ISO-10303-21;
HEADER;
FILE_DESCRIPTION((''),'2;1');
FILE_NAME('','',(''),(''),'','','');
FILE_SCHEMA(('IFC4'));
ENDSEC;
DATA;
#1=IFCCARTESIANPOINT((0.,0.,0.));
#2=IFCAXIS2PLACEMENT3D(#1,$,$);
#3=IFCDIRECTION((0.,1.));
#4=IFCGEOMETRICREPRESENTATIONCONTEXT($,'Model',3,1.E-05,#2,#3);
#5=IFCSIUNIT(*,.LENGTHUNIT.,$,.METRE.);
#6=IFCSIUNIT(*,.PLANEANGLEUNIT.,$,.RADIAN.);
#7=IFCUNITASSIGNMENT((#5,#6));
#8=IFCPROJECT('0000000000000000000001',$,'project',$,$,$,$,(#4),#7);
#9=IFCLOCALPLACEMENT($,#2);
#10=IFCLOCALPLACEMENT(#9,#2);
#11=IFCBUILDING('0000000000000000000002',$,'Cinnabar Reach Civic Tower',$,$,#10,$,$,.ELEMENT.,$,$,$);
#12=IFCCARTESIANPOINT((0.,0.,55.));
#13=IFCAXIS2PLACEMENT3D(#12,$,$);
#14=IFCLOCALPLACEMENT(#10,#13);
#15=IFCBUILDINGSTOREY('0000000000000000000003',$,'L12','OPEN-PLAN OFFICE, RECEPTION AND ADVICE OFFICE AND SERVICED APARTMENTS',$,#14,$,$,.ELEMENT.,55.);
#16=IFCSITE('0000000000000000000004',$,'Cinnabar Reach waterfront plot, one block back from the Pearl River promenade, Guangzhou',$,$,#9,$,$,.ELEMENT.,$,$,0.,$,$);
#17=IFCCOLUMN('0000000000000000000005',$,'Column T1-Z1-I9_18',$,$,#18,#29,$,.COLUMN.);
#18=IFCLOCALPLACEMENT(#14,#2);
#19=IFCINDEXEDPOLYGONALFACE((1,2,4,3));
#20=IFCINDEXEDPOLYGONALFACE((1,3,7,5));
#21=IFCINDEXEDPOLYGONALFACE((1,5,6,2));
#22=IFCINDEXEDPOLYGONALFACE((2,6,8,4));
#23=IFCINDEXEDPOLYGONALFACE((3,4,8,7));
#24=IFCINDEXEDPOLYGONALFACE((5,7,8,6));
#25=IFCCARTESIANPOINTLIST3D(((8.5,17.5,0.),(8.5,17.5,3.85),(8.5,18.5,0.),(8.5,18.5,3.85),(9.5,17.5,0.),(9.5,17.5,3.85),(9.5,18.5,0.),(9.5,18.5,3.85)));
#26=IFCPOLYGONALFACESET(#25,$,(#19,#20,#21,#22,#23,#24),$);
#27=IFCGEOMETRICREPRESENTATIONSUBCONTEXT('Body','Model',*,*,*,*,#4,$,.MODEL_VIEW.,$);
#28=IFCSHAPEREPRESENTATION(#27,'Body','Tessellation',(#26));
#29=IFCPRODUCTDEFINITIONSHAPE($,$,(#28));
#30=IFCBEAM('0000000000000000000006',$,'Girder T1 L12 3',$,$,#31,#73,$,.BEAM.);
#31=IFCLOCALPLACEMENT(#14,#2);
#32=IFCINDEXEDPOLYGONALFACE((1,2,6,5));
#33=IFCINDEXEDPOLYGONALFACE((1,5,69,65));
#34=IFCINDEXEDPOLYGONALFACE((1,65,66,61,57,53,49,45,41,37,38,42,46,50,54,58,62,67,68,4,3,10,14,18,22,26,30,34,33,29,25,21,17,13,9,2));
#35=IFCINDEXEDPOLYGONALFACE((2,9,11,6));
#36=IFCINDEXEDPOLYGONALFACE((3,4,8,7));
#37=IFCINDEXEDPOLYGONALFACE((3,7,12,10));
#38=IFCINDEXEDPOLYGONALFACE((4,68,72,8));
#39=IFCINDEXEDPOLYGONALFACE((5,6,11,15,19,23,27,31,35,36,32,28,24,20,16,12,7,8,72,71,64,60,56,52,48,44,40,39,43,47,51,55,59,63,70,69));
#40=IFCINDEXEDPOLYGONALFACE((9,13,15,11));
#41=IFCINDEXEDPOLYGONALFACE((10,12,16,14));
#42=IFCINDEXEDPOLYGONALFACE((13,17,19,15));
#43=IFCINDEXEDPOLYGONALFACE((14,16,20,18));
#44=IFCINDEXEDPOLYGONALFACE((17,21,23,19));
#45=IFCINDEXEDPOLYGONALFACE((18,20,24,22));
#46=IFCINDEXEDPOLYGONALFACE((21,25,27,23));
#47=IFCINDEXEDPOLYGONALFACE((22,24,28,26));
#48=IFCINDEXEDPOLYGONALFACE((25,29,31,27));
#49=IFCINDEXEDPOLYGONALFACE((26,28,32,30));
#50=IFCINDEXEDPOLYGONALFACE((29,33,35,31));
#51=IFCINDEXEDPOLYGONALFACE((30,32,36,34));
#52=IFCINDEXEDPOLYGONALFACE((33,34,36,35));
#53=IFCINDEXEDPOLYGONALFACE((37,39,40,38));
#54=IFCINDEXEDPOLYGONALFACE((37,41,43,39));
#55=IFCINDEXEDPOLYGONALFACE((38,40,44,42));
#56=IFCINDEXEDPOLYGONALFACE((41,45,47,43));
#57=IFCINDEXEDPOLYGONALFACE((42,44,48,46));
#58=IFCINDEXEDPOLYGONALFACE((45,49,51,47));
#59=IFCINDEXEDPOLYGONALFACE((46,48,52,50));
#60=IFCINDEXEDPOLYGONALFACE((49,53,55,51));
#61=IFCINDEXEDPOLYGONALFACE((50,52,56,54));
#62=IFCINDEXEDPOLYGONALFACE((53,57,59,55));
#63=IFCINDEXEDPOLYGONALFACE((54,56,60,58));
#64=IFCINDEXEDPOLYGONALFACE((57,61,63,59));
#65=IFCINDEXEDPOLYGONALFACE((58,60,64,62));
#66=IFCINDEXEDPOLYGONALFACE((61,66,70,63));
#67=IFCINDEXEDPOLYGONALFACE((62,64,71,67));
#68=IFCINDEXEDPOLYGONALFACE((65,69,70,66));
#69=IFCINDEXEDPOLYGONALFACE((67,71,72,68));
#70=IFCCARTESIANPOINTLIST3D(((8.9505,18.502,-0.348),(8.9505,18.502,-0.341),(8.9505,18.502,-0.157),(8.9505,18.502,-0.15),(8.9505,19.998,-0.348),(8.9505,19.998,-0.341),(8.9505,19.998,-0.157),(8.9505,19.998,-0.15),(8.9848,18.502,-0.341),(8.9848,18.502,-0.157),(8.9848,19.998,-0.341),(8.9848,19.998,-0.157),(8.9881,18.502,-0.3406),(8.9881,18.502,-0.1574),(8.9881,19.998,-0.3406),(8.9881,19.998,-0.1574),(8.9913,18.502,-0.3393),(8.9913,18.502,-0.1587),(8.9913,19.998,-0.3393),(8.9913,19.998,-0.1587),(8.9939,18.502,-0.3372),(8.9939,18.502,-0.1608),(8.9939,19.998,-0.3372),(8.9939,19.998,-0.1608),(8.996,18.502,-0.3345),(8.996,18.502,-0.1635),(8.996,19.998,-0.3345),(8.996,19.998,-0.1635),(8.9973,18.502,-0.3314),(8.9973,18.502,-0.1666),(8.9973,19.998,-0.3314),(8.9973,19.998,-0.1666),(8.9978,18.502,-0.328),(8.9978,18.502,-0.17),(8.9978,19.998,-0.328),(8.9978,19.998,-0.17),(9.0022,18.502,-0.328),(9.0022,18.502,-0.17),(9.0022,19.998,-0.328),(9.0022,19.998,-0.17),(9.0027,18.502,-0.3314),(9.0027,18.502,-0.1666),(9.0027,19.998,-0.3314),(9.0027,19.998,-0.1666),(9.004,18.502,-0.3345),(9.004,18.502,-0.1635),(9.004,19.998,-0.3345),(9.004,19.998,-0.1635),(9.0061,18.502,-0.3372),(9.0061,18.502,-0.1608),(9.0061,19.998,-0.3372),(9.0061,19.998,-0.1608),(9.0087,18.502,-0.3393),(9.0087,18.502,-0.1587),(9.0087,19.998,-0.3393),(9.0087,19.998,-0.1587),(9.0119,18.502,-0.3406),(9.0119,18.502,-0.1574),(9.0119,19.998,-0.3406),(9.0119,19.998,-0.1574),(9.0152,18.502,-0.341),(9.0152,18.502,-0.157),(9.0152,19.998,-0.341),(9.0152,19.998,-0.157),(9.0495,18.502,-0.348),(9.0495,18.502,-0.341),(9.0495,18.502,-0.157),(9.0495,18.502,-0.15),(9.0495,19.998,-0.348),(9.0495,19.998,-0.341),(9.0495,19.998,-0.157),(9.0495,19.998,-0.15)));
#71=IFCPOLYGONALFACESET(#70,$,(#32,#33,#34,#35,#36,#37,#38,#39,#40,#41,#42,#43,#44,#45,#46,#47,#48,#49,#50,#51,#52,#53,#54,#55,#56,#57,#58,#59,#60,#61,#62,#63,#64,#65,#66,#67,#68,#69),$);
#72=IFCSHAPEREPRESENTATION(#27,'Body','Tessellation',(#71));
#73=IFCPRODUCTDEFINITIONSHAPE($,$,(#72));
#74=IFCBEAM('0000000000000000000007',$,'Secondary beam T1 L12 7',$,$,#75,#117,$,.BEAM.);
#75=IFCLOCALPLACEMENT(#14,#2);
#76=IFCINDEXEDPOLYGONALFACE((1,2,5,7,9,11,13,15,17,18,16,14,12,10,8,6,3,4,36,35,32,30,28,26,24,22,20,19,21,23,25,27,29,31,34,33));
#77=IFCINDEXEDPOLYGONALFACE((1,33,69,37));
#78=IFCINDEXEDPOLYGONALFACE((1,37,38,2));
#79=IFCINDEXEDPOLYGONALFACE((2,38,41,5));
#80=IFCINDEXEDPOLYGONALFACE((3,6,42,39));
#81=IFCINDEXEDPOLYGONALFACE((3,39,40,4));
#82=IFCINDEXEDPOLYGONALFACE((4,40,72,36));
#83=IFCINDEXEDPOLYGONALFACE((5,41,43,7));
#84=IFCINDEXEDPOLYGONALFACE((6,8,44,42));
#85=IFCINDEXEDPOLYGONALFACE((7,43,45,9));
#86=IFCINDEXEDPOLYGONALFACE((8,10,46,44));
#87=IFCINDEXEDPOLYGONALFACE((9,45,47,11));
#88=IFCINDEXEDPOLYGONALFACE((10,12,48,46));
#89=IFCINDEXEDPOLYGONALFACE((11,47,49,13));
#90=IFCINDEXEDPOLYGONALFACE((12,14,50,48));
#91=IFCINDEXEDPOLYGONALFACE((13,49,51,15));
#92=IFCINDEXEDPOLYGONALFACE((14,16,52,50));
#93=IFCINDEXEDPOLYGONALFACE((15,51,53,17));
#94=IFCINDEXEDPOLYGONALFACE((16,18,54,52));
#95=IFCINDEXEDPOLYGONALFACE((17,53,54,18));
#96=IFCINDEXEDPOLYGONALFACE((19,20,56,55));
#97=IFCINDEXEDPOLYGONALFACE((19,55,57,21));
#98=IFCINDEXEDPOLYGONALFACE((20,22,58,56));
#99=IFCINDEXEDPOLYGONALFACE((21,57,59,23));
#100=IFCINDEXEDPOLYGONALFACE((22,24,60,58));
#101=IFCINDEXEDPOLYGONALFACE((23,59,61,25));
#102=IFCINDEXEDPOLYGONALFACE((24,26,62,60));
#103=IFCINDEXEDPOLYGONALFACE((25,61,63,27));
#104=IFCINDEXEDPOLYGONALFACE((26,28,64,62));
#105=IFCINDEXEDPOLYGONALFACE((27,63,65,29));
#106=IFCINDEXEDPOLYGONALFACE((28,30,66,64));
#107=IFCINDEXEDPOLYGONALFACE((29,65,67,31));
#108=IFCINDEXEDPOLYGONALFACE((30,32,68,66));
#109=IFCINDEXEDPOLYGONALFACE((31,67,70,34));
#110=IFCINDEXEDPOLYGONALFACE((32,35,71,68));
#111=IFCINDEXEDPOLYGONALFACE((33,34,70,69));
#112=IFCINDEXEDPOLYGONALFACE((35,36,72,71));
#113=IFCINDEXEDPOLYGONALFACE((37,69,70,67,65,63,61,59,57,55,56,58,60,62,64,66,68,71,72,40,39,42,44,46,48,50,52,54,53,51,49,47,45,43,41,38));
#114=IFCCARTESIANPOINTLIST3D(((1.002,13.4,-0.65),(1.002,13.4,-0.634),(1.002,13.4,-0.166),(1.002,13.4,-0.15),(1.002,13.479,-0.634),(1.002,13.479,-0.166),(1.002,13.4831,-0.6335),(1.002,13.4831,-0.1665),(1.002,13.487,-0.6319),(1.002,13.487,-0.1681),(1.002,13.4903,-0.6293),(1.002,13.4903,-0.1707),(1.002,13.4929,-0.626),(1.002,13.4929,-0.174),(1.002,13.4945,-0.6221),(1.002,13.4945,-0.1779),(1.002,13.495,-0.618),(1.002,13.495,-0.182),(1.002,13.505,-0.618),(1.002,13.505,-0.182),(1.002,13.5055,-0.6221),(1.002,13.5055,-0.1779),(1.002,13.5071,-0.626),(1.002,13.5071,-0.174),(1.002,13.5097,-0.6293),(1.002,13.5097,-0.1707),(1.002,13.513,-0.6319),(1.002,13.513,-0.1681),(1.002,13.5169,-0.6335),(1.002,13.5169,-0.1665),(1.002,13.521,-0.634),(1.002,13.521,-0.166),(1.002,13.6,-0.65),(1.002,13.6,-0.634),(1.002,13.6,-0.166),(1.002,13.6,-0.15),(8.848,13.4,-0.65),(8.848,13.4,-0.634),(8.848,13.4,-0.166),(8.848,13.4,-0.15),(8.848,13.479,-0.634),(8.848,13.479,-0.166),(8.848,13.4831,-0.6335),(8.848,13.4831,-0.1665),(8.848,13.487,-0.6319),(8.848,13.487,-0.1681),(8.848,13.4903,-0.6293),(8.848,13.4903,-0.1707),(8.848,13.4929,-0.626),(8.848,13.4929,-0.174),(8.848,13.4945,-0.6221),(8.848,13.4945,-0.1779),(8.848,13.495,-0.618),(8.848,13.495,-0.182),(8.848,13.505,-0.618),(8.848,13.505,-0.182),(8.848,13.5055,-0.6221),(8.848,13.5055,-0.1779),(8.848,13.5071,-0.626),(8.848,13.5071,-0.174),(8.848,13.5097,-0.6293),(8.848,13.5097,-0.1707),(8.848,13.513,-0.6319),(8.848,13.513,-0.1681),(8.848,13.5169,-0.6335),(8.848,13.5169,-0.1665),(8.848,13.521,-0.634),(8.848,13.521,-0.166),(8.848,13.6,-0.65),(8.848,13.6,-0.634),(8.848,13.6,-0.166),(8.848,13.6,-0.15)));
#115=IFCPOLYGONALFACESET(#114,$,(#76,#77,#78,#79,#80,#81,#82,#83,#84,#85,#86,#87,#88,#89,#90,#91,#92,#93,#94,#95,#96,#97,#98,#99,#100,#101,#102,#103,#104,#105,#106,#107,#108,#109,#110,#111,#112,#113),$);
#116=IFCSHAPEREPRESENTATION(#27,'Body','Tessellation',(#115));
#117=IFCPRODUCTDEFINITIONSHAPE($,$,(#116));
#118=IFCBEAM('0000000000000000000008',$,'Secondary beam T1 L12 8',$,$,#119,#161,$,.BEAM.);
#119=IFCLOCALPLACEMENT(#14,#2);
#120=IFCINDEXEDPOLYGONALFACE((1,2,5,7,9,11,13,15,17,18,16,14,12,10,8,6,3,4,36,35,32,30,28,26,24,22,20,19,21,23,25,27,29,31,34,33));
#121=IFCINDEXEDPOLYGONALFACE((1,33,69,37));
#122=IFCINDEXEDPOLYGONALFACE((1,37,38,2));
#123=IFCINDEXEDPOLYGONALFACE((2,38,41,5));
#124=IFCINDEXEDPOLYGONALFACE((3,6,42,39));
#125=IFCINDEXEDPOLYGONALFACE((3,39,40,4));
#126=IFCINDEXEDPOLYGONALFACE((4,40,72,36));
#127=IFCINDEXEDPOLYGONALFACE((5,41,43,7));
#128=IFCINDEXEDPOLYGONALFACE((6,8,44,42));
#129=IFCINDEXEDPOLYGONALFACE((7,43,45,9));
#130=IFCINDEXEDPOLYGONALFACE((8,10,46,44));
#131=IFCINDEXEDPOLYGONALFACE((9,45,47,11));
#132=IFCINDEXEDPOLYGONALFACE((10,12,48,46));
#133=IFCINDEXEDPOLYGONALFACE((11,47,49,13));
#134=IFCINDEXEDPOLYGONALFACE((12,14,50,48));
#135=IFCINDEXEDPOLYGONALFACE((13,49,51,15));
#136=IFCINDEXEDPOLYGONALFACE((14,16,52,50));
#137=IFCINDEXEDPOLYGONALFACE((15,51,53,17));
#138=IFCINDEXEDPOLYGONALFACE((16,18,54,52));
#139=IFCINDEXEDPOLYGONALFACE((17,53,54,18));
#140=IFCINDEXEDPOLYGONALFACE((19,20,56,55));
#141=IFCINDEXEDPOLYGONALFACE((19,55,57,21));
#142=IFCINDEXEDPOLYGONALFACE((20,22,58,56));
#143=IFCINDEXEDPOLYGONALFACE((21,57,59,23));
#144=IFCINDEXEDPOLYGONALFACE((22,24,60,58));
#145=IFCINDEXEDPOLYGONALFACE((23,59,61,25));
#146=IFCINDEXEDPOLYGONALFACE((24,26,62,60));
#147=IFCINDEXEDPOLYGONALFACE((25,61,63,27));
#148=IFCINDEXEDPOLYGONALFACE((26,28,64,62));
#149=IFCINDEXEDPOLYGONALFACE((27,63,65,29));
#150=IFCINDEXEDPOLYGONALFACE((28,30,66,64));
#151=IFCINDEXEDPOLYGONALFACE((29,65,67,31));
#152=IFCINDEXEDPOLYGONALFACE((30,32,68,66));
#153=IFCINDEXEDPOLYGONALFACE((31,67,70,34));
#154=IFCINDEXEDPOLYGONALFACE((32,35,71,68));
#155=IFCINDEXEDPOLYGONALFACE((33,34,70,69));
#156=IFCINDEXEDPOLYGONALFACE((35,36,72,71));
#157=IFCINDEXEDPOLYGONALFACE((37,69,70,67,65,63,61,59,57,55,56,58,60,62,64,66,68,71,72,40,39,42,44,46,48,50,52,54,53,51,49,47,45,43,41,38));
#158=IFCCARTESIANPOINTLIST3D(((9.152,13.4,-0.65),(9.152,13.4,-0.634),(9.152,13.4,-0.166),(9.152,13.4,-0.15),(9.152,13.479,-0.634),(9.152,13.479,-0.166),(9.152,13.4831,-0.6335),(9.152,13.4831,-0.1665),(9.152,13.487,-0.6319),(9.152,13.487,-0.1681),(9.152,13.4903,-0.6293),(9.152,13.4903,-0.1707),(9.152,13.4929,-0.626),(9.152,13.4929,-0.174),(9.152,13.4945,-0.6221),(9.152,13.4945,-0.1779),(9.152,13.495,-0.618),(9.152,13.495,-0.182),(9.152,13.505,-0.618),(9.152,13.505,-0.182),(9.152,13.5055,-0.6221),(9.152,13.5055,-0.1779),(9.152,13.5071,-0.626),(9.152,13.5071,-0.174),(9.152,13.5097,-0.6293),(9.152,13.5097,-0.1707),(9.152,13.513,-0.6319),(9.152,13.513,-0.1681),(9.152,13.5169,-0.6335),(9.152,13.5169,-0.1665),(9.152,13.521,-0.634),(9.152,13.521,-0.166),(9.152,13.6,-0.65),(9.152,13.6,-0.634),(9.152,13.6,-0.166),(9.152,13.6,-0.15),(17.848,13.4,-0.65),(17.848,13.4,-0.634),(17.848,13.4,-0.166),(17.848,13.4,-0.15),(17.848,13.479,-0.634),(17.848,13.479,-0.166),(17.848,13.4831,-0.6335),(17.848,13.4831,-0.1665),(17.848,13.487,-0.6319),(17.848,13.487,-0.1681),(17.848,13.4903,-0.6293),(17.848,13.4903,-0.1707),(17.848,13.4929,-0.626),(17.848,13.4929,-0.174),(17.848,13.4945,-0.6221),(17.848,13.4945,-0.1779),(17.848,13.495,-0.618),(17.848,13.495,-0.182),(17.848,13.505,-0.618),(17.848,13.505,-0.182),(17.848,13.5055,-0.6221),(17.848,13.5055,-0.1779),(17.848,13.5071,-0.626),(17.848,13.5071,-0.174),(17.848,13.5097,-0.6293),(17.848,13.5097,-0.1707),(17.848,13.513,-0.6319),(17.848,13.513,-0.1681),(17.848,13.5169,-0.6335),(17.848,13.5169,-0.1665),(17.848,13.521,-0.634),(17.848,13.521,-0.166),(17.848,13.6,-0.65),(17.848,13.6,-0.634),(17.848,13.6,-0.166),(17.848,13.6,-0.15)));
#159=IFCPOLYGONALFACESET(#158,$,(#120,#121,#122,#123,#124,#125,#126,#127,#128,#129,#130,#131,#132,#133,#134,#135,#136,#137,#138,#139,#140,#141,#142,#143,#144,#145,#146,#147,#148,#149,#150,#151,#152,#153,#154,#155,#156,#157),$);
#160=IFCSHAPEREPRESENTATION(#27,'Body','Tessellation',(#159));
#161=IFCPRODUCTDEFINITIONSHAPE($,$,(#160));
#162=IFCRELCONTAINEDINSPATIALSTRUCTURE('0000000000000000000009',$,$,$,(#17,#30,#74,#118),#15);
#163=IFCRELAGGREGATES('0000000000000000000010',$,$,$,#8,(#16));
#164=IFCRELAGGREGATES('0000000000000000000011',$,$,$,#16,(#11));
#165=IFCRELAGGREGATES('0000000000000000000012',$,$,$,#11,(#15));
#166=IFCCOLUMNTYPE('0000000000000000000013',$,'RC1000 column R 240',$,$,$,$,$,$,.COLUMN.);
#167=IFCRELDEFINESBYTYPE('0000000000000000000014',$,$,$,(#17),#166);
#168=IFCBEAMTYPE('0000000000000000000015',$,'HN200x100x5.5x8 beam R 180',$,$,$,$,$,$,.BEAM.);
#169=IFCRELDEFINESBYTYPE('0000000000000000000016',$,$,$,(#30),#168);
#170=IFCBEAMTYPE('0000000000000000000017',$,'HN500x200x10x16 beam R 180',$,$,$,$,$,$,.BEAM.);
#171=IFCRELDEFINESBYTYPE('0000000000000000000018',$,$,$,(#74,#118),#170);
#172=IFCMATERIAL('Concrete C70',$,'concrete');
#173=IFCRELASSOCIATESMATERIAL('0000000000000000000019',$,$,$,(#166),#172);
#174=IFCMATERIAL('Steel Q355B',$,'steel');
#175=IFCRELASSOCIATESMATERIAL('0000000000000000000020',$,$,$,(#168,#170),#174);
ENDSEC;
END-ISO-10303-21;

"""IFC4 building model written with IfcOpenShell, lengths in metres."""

from ifc_helpers import new_model, si_unit, direction, frame, origin, origin_2d, place, context, subcontext, project, spatial, rectangle, i_section, extrude, material, material_profile, profile_set, type_object, element, save


model = new_model("IFC4")

# Units and contexts
model_context = context("Model", 3, precision=1e-05, world=origin(), true_north=direction((0.0, 1.0)))
body_context = subcontext(model_context, "Body", "Model", "MODEL_VIEW")
ifc_project = project(units=[si_unit("LENGTHUNIT", "METRE"), si_unit("PLANEANGLEUNIT", "RADIAN")], contexts=[model_context])

# Site, building, storey
site_placement = place(None, origin())
site = spatial("IfcSite", under=ifc_project, at=site_placement, Name="Cinnabar Reach waterfront plot, one block back from the Pearl River promenade, Guangzhou", CompositionType="ELEMENT", RefElevation=0.0)
building_placement = place(site_placement, origin())
building = spatial("IfcBuilding", under=site, at=building_placement, Name="Cinnabar Reach Civic Tower", CompositionType="ELEMENT")
storey_placement = place(building_placement, frame((0.0, 0.0, 55.0)))
storey = spatial("IfcBuildingStorey", under=building, at=storey_placement, Name="L12", Description="OPEN-PLAN OFFICE, RECEPTION AND ADVICE OFFICE AND SERVICED APARTMENTS", CompositionType="ELEMENT", Elevation=55.0)

# Column
ifc_material_1 = material(Name="Concrete C70", Category="concrete")
ifc_material_profile_1 = material_profile(ifc_material_1, rectangle(XDim=1.0, YDim=1.0, at=origin_2d()), Name="RC1000")
ifc_profile_set_1 = profile_set([ifc_material_profile_1], Name="Concrete C70")
column_type = type_object("IfcColumnType", Name="RC1000 column R 240", PredefinedType="COLUMN", material=ifc_profile_set_1)
column_placement = place(storey_placement, frame((9.0, 18.0, 0.0), z_axis=(0.0, 0.0, 1.0), x_axis=(1.0, 0.0, 0.0)))
element("IfcColumn", 1, at=column_placement, inside=storey, type_object=column_type, Name="Column T1-Z1-I9_18", PredefinedType="COLUMN", context=body_context, shape_type="SweptSolid", body=[
    extrude(rectangle(XDim=1.0, YDim=1.0, at=origin_2d()), origin(), (0.0, 0.0, 1.0), 3.85),
])

# Beams
ifc_material_2 = material(Name="Steel Q355B", Category="steel")
ifc_material_profile_2 = material_profile(ifc_material_2, i_section(OverallWidth=0.099, OverallDepth=0.198, WebThickness=0.0045, FlangeThickness=0.007, FilletRadius=0.013, at=origin_2d()), Name="HN200x100x5.5x8")
ifc_profile_set_2 = profile_set([ifc_material_profile_2], Name="Steel Q355B")
beam_type_1 = type_object("IfcBeamType", Name="HN200x100x5.5x8 beam R 180", PredefinedType="BEAM", material=ifc_profile_set_2)
beam_1_placement = place(storey_placement, frame((9.0, 18.502, -0.249), z_axis=(0.0, 1.0, 0.0), x_axis=(-1.0, 0.0, 0.0)))
element("IfcBeam", 2, at=beam_1_placement, inside=storey, type_object=beam_type_1, Name="Girder T1 L12 3", PredefinedType="BEAM", context=body_context, shape_type="SweptSolid", body=[
    extrude(i_section(OverallWidth=0.099, OverallDepth=0.198, WebThickness=0.0045, FlangeThickness=0.007, FilletRadius=0.013, at=origin_2d()), origin(), (0.0, 0.0, 1.0), 1.496),
])
ifc_material_profile_3 = material_profile(ifc_material_2, i_section(OverallWidth=0.2, OverallDepth=0.5, WebThickness=0.01, FlangeThickness=0.016, FilletRadius=0.016, at=origin_2d()), Name="HN500x200x10x16")
ifc_profile_set_3 = profile_set([ifc_material_profile_3], Name="Steel Q355B")
beam_type_2 = type_object("IfcBeamType", Name="HN500x200x10x16 beam R 180", PredefinedType="BEAM", material=ifc_profile_set_3)
beam_2_placement = place(storey_placement, frame((1.002, 13.5, -0.4), z_axis=(1.0, 0.0, 0.0), x_axis=(0.0, 1.0, 0.0)))
element("IfcBeam", 3, at=beam_2_placement, inside=storey, type_object=beam_type_2, Name="Secondary beam T1 L12 7", PredefinedType="BEAM", context=body_context, shape_type="SweptSolid", body=[
    extrude(i_section(OverallWidth=0.2, OverallDepth=0.5, WebThickness=0.01, FlangeThickness=0.016, FilletRadius=0.016, at=origin_2d()), origin(), (0.0, 0.0, 1.0), 7.846),
])
beam_3_placement = place(storey_placement, frame((9.152, 13.5, -0.4), z_axis=(1.0, 0.0, 0.0), x_axis=(0.0, 1.0, 0.0)))
element("IfcBeam", 4, at=beam_3_placement, inside=storey, type_object=beam_type_2, Name="Secondary beam T1 L12 8", PredefinedType="BEAM", context=body_context, shape_type="SweptSolid", body=[
    extrude(i_section(OverallWidth=0.2, OverallDepth=0.5, WebThickness=0.01, FlangeThickness=0.016, FilletRadius=0.016, at=origin_2d()), origin(), (0.0, 0.0, 1.0), 8.696),
])

save(model, "model.ifc")
